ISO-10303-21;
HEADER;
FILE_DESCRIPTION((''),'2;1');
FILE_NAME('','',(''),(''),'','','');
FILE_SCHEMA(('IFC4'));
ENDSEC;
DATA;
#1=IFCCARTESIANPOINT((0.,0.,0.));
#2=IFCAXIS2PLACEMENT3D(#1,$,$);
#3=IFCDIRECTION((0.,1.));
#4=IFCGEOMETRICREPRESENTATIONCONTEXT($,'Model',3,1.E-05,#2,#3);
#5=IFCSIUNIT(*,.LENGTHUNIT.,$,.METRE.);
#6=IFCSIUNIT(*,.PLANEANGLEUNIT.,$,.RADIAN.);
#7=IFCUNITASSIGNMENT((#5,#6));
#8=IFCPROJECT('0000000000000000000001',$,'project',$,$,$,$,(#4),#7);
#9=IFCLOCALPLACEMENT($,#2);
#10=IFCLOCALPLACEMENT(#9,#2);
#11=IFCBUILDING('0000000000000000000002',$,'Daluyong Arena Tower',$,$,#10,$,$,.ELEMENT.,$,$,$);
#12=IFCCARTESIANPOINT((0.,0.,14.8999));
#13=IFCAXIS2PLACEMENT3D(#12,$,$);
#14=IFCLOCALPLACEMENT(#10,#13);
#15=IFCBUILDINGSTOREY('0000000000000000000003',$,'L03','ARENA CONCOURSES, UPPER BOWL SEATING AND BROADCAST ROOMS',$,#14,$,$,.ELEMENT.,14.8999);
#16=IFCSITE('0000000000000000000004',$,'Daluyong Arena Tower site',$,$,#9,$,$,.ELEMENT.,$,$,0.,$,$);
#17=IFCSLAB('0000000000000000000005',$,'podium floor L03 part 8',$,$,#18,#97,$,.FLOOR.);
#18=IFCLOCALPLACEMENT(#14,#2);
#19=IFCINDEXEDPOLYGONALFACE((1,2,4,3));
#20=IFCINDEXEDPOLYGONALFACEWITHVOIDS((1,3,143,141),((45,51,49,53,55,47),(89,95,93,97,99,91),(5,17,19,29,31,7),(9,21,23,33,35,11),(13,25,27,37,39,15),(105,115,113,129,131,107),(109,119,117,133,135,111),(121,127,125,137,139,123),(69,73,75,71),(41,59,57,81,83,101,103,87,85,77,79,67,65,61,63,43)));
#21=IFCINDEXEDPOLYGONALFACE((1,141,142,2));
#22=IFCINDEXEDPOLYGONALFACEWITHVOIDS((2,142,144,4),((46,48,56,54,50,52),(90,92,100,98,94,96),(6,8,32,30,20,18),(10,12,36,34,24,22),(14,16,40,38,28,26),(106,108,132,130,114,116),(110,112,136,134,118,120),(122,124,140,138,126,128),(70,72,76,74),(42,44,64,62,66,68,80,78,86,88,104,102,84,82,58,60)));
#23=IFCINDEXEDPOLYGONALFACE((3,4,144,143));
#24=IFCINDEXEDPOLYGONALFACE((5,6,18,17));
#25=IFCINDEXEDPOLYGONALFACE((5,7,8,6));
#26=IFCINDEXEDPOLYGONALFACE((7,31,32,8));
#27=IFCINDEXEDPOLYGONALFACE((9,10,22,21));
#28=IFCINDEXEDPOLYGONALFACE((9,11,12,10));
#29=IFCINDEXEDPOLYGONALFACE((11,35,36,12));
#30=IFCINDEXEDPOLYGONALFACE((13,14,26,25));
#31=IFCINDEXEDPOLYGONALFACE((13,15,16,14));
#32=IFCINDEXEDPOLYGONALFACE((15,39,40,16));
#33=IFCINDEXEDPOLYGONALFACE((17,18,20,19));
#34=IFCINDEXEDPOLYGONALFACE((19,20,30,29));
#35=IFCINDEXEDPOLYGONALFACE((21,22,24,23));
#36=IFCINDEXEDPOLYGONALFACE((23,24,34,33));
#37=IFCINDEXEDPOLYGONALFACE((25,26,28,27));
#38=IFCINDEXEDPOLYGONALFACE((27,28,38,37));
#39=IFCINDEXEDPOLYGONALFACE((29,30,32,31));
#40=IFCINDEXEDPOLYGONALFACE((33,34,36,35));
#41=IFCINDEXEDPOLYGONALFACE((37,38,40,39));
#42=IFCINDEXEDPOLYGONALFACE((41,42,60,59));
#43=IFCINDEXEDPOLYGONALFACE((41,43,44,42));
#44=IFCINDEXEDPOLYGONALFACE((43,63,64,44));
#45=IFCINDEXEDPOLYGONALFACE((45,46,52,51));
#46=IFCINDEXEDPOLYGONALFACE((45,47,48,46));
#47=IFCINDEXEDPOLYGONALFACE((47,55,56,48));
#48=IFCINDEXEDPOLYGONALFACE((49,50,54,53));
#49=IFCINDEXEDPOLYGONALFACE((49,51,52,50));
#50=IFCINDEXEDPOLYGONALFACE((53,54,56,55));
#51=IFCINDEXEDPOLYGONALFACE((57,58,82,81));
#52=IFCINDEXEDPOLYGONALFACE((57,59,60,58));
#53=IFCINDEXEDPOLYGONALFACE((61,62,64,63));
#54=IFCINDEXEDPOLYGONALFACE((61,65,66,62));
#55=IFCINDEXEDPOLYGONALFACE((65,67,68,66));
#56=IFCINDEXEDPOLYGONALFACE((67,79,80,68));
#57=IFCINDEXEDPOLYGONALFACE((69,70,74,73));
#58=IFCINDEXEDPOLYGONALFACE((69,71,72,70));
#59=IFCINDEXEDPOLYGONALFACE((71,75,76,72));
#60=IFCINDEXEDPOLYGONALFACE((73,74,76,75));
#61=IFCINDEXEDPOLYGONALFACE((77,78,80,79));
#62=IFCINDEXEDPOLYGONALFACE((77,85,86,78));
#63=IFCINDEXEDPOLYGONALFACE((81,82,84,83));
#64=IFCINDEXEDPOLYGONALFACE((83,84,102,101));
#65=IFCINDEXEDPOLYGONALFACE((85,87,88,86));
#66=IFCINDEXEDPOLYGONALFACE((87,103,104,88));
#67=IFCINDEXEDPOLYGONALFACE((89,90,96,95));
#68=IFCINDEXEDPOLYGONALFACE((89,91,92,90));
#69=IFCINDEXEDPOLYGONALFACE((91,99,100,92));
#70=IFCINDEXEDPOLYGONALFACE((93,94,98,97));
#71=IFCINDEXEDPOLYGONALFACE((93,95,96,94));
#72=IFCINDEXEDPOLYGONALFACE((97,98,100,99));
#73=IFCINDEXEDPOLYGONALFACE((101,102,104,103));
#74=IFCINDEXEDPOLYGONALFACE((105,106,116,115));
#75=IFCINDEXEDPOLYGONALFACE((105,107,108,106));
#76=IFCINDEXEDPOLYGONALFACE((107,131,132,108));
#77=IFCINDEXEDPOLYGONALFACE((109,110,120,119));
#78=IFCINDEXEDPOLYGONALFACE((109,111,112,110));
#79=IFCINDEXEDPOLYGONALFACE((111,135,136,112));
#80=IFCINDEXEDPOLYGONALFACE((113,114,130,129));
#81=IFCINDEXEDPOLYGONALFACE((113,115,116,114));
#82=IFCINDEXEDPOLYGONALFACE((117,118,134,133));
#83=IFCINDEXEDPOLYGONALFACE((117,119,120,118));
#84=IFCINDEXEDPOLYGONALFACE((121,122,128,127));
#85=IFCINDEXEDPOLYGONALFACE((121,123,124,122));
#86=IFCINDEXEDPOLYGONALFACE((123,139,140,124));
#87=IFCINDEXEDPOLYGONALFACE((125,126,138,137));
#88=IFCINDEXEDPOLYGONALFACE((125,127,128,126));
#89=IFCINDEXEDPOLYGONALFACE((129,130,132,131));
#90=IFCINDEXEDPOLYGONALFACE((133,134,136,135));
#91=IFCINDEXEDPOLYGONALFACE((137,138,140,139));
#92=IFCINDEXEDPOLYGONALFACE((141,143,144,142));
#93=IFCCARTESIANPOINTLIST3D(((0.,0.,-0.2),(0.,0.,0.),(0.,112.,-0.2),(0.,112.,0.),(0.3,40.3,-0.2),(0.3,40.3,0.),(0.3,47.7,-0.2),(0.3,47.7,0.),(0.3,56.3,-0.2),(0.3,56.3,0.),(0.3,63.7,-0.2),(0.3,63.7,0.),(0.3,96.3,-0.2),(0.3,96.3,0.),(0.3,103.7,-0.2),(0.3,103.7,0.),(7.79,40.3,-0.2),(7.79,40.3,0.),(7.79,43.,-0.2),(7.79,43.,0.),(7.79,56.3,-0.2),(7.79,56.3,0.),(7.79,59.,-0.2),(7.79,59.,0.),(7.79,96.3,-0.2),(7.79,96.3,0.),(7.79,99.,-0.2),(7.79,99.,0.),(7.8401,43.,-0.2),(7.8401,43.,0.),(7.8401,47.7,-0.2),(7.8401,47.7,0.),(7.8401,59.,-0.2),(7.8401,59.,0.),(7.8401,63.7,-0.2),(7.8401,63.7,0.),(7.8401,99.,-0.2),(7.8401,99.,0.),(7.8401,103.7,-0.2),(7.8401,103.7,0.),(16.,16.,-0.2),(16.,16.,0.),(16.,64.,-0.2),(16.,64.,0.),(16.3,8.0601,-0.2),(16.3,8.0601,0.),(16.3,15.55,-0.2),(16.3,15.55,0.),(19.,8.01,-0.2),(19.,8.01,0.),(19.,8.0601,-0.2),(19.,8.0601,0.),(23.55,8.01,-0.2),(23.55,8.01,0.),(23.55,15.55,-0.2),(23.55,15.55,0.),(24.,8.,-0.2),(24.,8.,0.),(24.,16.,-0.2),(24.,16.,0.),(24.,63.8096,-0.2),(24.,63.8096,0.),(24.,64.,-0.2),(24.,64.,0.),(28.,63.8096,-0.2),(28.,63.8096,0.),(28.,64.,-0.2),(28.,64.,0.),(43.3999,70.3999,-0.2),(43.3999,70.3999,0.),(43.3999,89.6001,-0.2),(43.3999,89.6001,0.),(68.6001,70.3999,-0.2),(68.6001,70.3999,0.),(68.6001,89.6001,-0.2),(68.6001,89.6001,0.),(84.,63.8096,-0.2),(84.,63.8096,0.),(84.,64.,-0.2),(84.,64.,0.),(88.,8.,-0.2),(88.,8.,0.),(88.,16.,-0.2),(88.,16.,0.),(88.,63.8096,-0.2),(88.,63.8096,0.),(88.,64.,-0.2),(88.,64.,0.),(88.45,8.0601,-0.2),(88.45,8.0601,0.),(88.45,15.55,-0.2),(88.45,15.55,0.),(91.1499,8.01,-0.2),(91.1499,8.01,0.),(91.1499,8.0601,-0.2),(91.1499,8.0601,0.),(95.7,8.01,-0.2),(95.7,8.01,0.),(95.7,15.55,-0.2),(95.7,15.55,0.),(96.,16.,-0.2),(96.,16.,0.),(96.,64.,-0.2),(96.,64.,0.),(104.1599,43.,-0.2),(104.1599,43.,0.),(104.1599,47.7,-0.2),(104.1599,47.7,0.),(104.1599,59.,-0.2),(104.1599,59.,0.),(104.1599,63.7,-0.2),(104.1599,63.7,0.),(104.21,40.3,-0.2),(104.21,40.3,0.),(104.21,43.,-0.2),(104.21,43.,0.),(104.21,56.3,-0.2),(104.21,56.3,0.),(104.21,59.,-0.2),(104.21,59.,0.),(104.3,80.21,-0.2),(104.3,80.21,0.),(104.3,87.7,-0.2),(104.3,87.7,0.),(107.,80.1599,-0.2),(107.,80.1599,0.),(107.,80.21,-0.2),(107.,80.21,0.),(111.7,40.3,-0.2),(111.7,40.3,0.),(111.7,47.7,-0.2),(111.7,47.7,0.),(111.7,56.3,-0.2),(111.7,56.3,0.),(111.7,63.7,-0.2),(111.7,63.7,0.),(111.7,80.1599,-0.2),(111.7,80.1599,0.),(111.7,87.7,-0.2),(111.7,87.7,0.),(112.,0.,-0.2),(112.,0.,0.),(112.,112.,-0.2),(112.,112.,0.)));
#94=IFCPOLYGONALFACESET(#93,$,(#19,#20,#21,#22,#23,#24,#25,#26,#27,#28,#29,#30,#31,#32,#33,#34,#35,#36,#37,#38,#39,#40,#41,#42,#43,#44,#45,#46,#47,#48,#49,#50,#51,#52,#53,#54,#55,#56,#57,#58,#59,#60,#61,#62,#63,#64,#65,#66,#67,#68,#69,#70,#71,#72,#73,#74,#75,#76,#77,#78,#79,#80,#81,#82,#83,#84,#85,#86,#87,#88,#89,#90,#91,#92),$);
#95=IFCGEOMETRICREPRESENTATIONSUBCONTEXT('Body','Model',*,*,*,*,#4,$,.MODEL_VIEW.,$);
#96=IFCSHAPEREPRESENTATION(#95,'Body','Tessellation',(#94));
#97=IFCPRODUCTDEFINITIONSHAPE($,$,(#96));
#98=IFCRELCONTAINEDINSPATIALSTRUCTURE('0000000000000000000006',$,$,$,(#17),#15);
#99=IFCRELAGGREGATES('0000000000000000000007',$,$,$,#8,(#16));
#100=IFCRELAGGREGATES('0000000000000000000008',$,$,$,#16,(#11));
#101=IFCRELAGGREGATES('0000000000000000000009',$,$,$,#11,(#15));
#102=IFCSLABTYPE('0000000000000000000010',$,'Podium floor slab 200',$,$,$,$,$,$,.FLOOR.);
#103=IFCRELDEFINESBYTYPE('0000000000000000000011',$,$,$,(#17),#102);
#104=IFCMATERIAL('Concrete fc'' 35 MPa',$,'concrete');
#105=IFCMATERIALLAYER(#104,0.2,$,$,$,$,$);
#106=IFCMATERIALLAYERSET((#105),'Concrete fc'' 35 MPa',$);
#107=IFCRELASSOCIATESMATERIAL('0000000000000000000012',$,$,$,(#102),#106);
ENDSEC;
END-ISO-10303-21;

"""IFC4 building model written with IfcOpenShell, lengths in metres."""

from ifc_helpers import new_model, si_unit, direction, frame, origin, place, context, subcontext, project, spatial, polyline, outline, extrude, material, layer, layer_set, type_object, element, save


model = new_model("IFC4")

# Units and contexts
model_context = context("Model", 3, precision=1e-05, world=origin(), true_north=direction((0.0, 1.0)))
body_context = subcontext(model_context, "Body", "Model", "MODEL_VIEW")
ifc_project = project(units=[si_unit("LENGTHUNIT", "METRE"), si_unit("PLANEANGLEUNIT", "RADIAN")], contexts=[model_context])

# Site, building, storey
site_placement = place(None, origin())
site = spatial("IfcSite", under=ifc_project, at=site_placement, Name="Daluyong Arena Tower site", CompositionType="ELEMENT", RefElevation=0.0)
building_placement = place(site_placement, origin())
building = spatial("IfcBuilding", under=site, at=building_placement, Name="Daluyong Arena Tower", CompositionType="ELEMENT")
storey_placement = place(building_placement, frame((0.0, 0.0, 14.8999)))
storey = spatial("IfcBuildingStorey", under=building, at=storey_placement, Name="L03", Description="ARENA CONCOURSES, UPPER BOWL SEATING AND BROADCAST ROOMS", CompositionType="ELEMENT", Elevation=14.8999)

# Slab
ifc_material_1 = material(Name="Concrete fc' 35 MPa", Category="concrete")
ifc_layer = layer(ifc_material_1, 0.2)
ifc_layer_set = layer_set([ifc_layer], Name="Concrete fc' 35 MPa")
slab_type = type_object("IfcSlabType", Name="Podium floor slab 200", PredefinedType="FLOOR", material=ifc_layer_set)
slab_1_placement = place(storey_placement, frame((0.0, 0.0, -0.2)))
element("IfcSlab", 1, at=slab_1_placement, inside=storey, type_object=slab_type, Name="podium floor L03 part 8", PredefinedType="FLOOR", context=body_context, shape_type="SweptSolid", body=[
    extrude(outline(polyline([(112.0, 112.0), (0.0, 112.0), (0.0, 0.0), (112.0, 0.0), (112.0, 112.0)]), holes=[polyline([(88.0, 64.0), (96.0, 64.0), (96.0, 16.0), (88.0, 16.0), (88.0, 8.0), (24.0, 8.0), (24.0, 16.0), (16.0, 16.0), (16.0, 64.0), (24.0, 64.0), (24.0, 63.8096), (28.0, 63.8096), (28.0, 64.0), (84.0, 64.0), (84.0, 63.8096), (88.0, 63.8096), (88.0, 64.0)]), polyline([(23.55, 15.55), (23.55, 8.01), (19.0, 8.01), (19.0, 8.0601), (16.3, 8.0601), (16.3, 15.55), (23.55, 15.55)]), polyline([(7.79, 40.3), (0.3, 40.3), (0.3, 47.7), (7.8401, 47.7), (7.8401, 43.0), (7.79, 43.0), (7.79, 40.3)]), polyline([(7.79, 56.3), (0.3, 56.3), (0.3, 63.7), (7.8401, 63.7), (7.8401, 59.0), (7.79, 59.0), (7.79, 56.3)]), polyline([(68.6001, 89.6001), (68.6001, 70.3999), (43.3999, 70.3999), (43.3999, 89.6001), (68.6001, 89.6001)]), polyline([(7.79, 99.0), (7.79, 96.3), (0.3, 96.3), (0.3, 103.7), (7.8401, 103.7), (7.8401, 99.0), (7.79, 99.0)]), polyline([(95.7, 8.01), (91.1499, 8.01), (91.1499, 8.0601), (88.45, 8.0601), (88.45, 15.55), (95.7, 15.55), (95.7, 8.01)]), polyline([(104.1599, 43.0), (104.1599, 47.7), (111.7, 47.7), (111.7, 40.3), (104.21, 40.3), (104.21, 43.0), (104.1599, 43.0)]), polyline([(104.21, 59.0), (104.1599, 59.0), (104.1599, 63.7), (111.7, 63.7), (111.7, 56.3), (104.21, 56.3), (104.21, 59.0)]), polyline([(107.0, 80.1599), (107.0, 80.21), (104.3, 80.21), (104.3, 87.7), (111.7, 87.7), (111.7, 80.1599), (107.0, 80.1599)])]), origin(), (0.0, 0.0, 1.0), 0.2),
])

save(model, "model.ifc")
